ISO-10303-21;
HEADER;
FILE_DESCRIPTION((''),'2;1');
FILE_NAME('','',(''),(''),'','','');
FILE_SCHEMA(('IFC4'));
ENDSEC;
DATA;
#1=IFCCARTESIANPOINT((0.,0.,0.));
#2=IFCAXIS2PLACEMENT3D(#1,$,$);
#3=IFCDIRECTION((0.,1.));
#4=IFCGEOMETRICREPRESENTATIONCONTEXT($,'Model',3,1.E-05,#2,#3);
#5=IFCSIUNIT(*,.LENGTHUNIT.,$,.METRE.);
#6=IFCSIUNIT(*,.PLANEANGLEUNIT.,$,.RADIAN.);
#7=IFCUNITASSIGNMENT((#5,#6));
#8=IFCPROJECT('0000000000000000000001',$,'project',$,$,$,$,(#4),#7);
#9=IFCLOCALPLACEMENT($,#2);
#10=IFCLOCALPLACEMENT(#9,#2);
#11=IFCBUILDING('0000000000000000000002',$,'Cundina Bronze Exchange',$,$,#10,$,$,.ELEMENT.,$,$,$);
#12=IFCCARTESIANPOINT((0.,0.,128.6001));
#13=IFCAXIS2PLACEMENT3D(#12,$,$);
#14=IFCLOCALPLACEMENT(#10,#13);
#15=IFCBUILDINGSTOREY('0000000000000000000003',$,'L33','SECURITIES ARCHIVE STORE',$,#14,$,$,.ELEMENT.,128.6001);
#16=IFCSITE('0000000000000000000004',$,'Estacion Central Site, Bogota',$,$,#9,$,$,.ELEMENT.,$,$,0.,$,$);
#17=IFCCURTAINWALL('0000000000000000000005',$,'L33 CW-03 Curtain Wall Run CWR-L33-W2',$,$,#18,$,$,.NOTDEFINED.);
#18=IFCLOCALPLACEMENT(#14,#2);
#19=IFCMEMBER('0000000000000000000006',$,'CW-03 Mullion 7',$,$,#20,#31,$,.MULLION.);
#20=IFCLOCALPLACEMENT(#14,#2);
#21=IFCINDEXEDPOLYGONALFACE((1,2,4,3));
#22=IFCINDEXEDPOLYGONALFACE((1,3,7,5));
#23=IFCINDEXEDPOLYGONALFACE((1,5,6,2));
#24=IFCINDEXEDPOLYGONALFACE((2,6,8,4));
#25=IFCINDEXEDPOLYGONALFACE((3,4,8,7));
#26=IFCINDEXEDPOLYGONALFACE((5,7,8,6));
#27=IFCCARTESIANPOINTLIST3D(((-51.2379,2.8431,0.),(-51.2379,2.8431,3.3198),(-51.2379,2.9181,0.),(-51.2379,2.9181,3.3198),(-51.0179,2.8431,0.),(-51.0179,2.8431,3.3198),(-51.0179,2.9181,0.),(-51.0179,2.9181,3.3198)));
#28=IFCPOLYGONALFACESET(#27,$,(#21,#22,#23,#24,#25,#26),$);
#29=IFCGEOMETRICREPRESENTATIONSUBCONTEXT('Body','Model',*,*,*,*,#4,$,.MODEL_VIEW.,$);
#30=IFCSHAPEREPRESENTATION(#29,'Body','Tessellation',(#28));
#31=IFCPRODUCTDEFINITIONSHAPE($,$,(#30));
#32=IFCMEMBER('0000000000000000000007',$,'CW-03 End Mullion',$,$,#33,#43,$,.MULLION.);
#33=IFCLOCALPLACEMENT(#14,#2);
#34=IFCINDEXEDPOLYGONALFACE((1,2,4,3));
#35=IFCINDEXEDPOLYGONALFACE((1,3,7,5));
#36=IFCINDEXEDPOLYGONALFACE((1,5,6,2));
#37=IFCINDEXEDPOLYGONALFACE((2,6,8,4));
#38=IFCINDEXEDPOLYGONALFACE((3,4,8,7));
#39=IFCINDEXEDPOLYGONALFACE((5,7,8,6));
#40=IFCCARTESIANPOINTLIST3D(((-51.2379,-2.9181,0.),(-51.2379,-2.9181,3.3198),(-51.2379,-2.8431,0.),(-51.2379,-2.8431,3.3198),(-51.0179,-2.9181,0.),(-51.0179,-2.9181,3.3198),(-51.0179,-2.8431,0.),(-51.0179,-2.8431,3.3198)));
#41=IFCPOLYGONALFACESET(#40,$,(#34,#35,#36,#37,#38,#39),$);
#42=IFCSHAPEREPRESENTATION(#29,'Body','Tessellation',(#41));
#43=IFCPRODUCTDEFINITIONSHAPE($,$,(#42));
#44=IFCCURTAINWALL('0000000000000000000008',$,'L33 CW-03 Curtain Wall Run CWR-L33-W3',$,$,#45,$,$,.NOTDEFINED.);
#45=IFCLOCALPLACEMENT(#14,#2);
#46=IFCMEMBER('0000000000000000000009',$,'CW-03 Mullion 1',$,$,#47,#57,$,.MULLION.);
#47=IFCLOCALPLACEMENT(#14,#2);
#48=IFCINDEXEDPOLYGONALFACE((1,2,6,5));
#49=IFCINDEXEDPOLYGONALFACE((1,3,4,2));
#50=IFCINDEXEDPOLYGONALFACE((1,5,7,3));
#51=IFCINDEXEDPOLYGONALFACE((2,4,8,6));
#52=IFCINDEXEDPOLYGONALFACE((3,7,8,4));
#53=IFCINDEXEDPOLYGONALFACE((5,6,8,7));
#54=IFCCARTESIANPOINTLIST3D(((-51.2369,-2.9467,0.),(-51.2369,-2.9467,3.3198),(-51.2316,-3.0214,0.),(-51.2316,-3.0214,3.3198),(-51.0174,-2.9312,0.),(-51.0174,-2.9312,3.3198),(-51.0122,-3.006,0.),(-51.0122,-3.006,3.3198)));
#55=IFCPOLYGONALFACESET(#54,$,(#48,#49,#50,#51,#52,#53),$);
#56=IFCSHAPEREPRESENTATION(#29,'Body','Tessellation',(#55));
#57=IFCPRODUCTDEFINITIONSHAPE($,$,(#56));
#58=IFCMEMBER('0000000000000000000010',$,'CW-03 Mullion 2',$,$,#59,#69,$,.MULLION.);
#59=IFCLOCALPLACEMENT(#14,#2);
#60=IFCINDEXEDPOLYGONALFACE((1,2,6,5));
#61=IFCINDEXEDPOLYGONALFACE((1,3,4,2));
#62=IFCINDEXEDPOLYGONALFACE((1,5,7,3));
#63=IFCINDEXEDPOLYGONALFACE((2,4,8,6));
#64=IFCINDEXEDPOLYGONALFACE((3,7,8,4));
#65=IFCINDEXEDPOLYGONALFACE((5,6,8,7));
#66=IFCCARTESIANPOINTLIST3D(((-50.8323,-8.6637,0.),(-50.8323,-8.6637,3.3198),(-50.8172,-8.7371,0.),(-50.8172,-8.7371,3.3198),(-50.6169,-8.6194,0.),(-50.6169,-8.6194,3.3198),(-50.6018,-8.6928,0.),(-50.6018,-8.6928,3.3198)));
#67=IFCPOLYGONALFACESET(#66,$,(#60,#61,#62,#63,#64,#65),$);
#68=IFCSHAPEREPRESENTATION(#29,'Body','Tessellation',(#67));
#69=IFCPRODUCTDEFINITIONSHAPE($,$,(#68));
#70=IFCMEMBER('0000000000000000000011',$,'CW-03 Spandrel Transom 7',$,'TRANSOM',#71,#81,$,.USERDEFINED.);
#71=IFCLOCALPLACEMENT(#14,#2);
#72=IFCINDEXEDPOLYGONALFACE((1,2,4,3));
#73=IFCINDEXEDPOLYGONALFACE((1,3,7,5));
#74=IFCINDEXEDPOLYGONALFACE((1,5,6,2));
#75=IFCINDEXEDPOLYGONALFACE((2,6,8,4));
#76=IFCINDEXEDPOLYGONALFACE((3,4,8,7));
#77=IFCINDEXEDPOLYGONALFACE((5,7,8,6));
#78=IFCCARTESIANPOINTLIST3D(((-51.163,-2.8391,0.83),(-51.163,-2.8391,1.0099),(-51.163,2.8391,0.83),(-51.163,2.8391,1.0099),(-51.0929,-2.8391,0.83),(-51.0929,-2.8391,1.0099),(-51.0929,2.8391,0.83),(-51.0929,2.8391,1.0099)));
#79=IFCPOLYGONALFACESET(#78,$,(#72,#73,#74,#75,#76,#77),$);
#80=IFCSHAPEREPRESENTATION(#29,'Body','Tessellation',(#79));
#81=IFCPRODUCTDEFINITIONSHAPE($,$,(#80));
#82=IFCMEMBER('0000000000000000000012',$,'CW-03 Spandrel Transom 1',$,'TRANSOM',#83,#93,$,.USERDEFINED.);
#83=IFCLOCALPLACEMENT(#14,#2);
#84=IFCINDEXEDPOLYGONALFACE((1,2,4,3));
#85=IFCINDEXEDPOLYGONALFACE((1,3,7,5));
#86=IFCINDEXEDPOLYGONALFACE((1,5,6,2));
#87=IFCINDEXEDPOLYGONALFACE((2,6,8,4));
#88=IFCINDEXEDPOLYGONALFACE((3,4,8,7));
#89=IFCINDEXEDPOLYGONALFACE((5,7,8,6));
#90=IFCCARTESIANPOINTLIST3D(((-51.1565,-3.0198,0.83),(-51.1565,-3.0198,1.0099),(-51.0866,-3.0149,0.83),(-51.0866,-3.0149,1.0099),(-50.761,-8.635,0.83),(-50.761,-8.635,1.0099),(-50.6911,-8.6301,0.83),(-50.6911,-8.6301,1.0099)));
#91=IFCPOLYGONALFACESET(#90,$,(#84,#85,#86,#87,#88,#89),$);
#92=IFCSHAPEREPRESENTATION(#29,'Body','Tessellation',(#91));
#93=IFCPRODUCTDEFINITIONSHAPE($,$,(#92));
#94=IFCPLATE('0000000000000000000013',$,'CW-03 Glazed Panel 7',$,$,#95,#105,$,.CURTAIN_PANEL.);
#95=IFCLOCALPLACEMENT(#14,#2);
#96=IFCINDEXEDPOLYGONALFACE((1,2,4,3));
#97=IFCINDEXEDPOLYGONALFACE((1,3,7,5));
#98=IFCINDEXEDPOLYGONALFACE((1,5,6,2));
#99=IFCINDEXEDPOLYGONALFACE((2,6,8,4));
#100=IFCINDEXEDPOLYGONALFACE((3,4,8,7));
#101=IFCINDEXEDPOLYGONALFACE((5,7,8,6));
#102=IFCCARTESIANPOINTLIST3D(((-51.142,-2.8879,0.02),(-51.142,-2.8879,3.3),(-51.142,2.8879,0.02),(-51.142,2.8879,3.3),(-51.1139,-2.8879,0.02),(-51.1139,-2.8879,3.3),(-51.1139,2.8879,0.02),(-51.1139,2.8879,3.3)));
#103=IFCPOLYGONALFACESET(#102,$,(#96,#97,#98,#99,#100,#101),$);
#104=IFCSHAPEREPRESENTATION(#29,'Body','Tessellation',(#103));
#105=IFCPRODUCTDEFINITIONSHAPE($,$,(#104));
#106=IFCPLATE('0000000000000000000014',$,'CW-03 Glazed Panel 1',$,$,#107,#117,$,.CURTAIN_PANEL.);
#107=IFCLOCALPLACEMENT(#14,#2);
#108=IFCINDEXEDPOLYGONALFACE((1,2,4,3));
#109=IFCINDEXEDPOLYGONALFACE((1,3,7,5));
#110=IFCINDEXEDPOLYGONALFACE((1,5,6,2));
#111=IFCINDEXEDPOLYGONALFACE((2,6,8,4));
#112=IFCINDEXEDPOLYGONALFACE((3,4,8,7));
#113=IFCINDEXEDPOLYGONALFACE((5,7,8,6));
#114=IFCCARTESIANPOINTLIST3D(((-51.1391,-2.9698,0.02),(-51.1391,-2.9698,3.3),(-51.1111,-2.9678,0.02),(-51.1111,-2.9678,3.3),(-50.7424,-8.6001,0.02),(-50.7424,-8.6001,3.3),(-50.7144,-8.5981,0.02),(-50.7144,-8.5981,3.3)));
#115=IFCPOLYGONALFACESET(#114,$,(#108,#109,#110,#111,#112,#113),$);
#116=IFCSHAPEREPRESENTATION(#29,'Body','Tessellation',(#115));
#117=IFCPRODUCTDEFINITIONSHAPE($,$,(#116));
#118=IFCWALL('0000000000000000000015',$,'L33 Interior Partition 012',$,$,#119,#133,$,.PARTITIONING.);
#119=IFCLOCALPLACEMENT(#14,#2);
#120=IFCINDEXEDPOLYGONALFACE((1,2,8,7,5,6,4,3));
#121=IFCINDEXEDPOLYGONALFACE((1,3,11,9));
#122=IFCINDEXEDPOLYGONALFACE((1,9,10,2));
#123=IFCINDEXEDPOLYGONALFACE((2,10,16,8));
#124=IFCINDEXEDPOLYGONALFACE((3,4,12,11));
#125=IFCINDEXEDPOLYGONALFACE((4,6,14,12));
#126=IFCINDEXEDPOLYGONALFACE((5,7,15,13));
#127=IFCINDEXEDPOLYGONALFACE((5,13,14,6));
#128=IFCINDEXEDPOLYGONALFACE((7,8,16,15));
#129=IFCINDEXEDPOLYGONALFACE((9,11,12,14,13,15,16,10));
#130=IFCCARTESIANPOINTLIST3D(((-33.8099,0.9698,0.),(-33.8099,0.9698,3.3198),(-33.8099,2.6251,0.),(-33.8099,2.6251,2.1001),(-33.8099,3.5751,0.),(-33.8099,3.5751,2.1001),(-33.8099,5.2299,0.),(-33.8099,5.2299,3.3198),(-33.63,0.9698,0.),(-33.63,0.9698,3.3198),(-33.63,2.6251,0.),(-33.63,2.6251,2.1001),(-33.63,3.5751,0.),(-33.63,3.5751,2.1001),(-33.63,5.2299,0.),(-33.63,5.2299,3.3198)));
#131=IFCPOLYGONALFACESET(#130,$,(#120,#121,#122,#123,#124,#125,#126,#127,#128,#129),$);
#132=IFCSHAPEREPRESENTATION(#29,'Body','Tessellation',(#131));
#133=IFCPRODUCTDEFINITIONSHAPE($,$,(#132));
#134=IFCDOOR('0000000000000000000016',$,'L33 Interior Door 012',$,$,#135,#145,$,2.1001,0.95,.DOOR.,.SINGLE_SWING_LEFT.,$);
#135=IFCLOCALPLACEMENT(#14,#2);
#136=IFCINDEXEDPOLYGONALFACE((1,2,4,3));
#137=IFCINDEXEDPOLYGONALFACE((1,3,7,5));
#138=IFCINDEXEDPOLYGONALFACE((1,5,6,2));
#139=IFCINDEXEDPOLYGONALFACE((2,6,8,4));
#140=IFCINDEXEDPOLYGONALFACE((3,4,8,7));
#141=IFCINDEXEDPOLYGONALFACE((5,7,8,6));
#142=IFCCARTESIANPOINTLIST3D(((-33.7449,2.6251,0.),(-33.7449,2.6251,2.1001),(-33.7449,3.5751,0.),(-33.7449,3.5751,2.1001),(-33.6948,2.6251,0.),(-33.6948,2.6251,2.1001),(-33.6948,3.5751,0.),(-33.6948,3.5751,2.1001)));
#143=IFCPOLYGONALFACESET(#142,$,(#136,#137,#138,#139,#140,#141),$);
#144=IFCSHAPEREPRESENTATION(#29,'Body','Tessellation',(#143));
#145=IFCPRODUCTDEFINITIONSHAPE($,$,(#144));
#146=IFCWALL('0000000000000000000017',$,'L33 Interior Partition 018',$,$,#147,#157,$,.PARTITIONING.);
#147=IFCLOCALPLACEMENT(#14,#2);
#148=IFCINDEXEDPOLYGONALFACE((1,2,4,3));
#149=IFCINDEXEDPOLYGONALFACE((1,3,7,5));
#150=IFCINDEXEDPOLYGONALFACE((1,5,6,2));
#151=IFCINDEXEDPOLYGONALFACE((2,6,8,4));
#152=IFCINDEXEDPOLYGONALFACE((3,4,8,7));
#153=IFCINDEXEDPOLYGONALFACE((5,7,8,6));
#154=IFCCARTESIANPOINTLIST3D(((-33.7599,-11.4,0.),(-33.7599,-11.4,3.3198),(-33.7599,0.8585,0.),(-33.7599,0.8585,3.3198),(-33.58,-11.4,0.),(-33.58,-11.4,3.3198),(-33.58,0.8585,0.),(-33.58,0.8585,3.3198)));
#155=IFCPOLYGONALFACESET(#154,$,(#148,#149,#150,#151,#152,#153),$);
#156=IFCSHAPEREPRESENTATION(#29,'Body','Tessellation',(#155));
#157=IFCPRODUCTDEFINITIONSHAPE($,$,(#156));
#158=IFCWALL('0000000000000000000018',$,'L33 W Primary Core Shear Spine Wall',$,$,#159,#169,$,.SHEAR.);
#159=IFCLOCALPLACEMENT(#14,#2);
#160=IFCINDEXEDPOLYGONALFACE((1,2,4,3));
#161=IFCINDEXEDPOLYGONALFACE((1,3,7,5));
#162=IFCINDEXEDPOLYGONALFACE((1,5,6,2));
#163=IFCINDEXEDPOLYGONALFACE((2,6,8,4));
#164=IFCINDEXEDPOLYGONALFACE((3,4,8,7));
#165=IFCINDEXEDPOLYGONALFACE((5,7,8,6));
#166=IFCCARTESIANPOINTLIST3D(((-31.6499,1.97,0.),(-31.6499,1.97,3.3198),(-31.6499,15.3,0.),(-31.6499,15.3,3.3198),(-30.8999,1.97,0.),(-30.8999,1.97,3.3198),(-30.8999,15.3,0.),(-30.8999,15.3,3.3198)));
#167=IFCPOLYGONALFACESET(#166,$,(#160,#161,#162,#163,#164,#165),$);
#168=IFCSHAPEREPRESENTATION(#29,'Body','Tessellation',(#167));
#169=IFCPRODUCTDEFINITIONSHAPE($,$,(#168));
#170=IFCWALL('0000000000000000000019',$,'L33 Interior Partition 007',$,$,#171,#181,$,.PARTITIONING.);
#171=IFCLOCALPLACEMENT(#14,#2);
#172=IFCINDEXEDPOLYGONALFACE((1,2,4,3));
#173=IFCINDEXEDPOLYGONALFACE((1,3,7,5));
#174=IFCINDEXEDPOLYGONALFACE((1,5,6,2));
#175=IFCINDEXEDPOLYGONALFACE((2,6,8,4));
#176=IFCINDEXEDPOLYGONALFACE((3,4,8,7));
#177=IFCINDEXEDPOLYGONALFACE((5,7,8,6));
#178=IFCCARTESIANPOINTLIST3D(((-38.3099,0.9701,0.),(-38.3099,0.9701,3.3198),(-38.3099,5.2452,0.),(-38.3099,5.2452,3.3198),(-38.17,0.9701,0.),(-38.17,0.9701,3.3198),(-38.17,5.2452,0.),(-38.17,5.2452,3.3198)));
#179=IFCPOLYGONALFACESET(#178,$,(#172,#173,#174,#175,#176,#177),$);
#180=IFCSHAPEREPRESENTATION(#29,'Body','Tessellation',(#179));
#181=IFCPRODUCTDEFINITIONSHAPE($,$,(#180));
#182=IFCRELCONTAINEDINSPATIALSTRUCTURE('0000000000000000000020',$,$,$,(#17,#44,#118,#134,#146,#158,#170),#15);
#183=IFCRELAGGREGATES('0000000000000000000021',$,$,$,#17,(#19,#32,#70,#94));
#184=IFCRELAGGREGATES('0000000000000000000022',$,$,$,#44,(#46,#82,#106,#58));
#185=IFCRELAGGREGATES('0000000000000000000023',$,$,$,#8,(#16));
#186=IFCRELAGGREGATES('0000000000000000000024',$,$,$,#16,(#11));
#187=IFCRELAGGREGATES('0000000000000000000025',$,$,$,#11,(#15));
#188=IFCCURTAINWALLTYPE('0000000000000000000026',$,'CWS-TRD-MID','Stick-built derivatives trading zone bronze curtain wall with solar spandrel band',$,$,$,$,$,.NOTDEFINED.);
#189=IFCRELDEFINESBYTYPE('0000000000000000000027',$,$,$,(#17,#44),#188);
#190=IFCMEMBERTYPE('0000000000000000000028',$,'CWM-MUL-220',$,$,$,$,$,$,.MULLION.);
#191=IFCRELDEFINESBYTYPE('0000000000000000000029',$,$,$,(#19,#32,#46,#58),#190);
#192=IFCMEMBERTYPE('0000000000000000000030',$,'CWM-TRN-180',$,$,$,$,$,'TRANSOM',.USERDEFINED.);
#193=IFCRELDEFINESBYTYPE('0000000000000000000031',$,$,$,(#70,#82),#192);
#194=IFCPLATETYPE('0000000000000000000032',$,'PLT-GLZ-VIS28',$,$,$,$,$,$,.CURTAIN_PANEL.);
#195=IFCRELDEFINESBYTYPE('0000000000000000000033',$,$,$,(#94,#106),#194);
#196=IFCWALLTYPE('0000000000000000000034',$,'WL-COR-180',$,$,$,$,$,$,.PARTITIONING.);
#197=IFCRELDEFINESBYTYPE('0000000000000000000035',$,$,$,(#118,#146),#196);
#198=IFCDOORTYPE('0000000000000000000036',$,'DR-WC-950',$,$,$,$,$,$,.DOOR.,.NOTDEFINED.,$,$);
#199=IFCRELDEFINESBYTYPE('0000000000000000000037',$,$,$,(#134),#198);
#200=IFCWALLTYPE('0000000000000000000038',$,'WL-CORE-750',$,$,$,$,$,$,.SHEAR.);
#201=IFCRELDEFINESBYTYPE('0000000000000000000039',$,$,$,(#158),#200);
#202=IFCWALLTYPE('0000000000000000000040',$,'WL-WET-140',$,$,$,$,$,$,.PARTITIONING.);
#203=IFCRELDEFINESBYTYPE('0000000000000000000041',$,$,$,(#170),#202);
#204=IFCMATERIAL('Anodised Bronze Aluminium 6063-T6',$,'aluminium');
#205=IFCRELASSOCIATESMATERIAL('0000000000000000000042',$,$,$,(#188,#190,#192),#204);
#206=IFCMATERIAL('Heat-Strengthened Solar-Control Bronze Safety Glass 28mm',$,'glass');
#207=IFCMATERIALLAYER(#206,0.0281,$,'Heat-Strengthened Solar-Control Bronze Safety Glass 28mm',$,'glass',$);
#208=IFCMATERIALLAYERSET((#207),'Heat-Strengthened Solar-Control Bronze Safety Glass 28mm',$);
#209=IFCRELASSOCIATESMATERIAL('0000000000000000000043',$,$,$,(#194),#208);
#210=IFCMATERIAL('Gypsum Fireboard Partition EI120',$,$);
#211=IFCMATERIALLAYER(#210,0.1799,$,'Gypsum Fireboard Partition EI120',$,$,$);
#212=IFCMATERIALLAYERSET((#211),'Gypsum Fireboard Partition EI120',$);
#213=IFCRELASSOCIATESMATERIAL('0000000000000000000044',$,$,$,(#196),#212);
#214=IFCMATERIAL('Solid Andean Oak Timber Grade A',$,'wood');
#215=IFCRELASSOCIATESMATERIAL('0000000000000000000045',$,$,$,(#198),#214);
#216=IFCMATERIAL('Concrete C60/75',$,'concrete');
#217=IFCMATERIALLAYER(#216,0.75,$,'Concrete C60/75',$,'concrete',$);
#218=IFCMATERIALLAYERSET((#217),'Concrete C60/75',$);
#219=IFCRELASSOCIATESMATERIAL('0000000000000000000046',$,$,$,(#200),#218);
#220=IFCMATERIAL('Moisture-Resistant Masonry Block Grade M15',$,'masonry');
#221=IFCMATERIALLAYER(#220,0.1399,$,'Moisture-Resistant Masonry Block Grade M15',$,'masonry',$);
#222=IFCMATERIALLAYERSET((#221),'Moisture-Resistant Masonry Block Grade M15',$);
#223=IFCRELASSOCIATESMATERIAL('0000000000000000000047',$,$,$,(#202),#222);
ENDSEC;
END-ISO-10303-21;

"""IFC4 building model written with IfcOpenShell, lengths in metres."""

from ifc_helpers import new_model, si_unit, direction, frame, frame_2d, origin, origin_2d, place, context, subcontext, project, spatial, rectangle, extrude, material, layer, layer_set, material_profile, profile_set, type_object, element, fill, aggregate, save


model = new_model("IFC4")

# Units and contexts
model_context = context("Model", 3, precision=1e-05, world=origin(), true_north=direction((0.0, 1.0)))
body_context = subcontext(model_context, "Body", "Model", "MODEL_VIEW")
ifc_project = project(units=[si_unit("LENGTHUNIT", "METRE"), si_unit("PLANEANGLEUNIT", "RADIAN")], contexts=[model_context])

# Site, building, storey
site_placement = place(None, origin())
site = spatial("IfcSite", under=ifc_project, at=site_placement, Name="Estacion Central Site, Bogota", CompositionType="ELEMENT", RefElevation=0.0)
building_placement = place(site_placement, origin())
building = spatial("IfcBuilding", under=site, at=building_placement, Name="Cundina Bronze Exchange", CompositionType="ELEMENT")
storey_placement = place(building_placement, frame((0.0, 0.0, 128.6001)))
storey = spatial("IfcBuildingStorey", under=building, at=storey_placement, Name="L33", Description="SECURITIES ARCHIVE STORE", CompositionType="ELEMENT", Elevation=128.6001)

# Shared definitions
ifc_material_1 = material(Name="Concrete C60/75", Category="concrete")

# Curtain walls, members
ifc_material_2 = material(Name="Anodised Bronze Aluminium 6063-T6", Category="aluminium")
curtain_wall_type = type_object("IfcCurtainWallType", Name="CWS-TRD-MID", Description="Stick-built derivatives trading zone bronze curtain wall with solar spandrel band", PredefinedType="NOTDEFINED", material=ifc_material_2)
curtain_wall_1_placement = place(storey_placement, origin())
curtain_wall_1 = element("IfcCurtainWall", 1, at=curtain_wall_1_placement, inside=storey, type_object=curtain_wall_type, Name="L33 CW-03 Curtain Wall Run CWR-L33-W2", PredefinedType="NOTDEFINED")
ifc_material_profile_1 = material_profile(ifc_material_2, rectangle(XDim=0.075, YDim=0.22, at=origin_2d()), Name="AL75X220", Category="aluminium")
ifc_profile_set_1 = profile_set([ifc_material_profile_1], Name="Anodised Bronze Aluminium 6063-T6")
member_type_1 = type_object("IfcMemberType", Name="CWM-MUL-220", PredefinedType="MULLION", material=ifc_profile_set_1)
member_1_placement = place(storey_placement, frame((-51.1279, 2.8806, 0.0), z_axis=(0.0, 0.0, 1.0), x_axis=(0.0, -1.0, 0.0)))
member_1 = element("IfcMember", 2, at=member_1_placement, type_object=member_type_1, Name="CW-03 Mullion 7", PredefinedType="MULLION", context=body_context, shape_type="SweptSolid", body=[
    extrude(rectangle(XDim=0.075, YDim=0.22, at=origin_2d()), origin(), (0.0, 0.0, 1.0), 3.3198),
])
member_2_placement = place(storey_placement, frame((-51.1279, -2.8806, 0.0), z_axis=(0.0, 0.0, 1.0), x_axis=(0.0, -1.0, 0.0)))
member_2 = element("IfcMember", 3, at=member_2_placement, type_object=member_type_1, Name="CW-03 End Mullion", PredefinedType="MULLION", context=body_context, shape_type="SweptSolid", body=[
    extrude(rectangle(XDim=0.075, YDim=0.22, at=origin_2d()), origin(), (0.0, 0.0, 1.0), 3.3198),
])
curtain_wall_2_placement = place(storey_placement, origin())
curtain_wall_2 = element("IfcCurtainWall", 4, at=curtain_wall_2_placement, inside=storey, type_object=curtain_wall_type, Name="L33 CW-03 Curtain Wall Run CWR-L33-W3", PredefinedType="NOTDEFINED")
member_3_placement = place(storey_placement, frame((-51.1245, -2.9763, 0.0), z_axis=(0.0, 0.0, 1.0), x_axis=(0.070279, -0.997527, 0.0)))
member_3 = element("IfcMember", 5, at=member_3_placement, type_object=member_type_1, Name="CW-03 Mullion 1", PredefinedType="MULLION", context=body_context, shape_type="SweptSolid", body=[
    extrude(rectangle(XDim=0.075, YDim=0.22, at=origin_2d()), origin(), (0.0, 0.0, 1.0), 3.3198),
])
member_4_placement = place(storey_placement, frame((-50.717, -8.6782, 0.0), z_axis=(0.0, 0.0, 1.0), x_axis=(0.20142, -0.979505, 0.0)))
member_4 = element("IfcMember", 6, at=member_4_placement, type_object=member_type_1, Name="CW-03 Mullion 2", PredefinedType="MULLION", context=body_context, shape_type="SweptSolid", body=[
    extrude(rectangle(XDim=0.075, YDim=0.22, at=origin_2d()), origin(), (0.0, 0.0, 1.0), 3.3198),
])

# Members
ifc_material_profile_2 = material_profile(ifc_material_2, rectangle(XDim=0.0701, YDim=0.1799, at=origin_2d()), Name="AL70X180", Category="aluminium")
ifc_profile_set_2 = profile_set([ifc_material_profile_2], Name="Anodised Bronze Aluminium 6063-T6")
member_type_2 = type_object("IfcMemberType", Name="CWM-TRN-180", ElementType="TRANSOM", PredefinedType="USERDEFINED", material=ifc_profile_set_2)
member_5_placement = place(storey_placement, frame((-51.1279, 2.8391, 0.9199), z_axis=(0.0, -1.0, 0.0), x_axis=(1.0, 0.0, 0.0)))
member_5 = element("IfcMember", 7, at=member_5_placement, type_object=member_type_2, Name="CW-03 Spandrel Transom 7", ObjectType="TRANSOM", PredefinedType="USERDEFINED", context=body_context, shape_type="SweptSolid", body=[
    extrude(rectangle(XDim=0.0701, YDim=0.1799, at=origin_2d()), origin(), (0.0, 0.0, 1.0), 5.6782),
])
member_6_placement = place(storey_placement, frame((-51.1216, -3.0173, 0.9199), z_axis=(0.070261, -0.997529, 0.0), x_axis=(0.997529, 0.070261, 0.0)))
member_6 = element("IfcMember", 8, at=member_6_placement, type_object=member_type_2, Name="CW-03 Spandrel Transom 1", ObjectType="TRANSOM", PredefinedType="USERDEFINED", context=body_context, shape_type="SweptSolid", body=[
    extrude(rectangle(XDim=0.0701, YDim=0.1799, at=origin_2d()), origin(), (0.0, 0.0, 1.0), 5.6292),
])

# Plates
ifc_material_3 = material(Name="Heat-Strengthened Solar-Control Bronze Safety Glass 28mm", Category="glass")
ifc_layer_1 = layer(ifc_material_3, 0.0281, Name="Heat-Strengthened Solar-Control Bronze Safety Glass 28mm", Category="glass")
ifc_layer_set_1 = layer_set([ifc_layer_1], Name="Heat-Strengthened Solar-Control Bronze Safety Glass 28mm")
plate_type = type_object("IfcPlateType", Name="PLT-GLZ-VIS28", PredefinedType="CURTAIN_PANEL", material=ifc_layer_set_1)
plate_1_placement = place(storey_placement, frame((-51.1279, 0.0, 0.02), z_axis=(0.0, 0.0, 1.0), x_axis=(0.0, -1.0, 0.0)))
plate_1 = element("IfcPlate", 9, at=plate_1_placement, type_object=plate_type, Name="CW-03 Glazed Panel 7", PredefinedType="CURTAIN_PANEL", context=body_context, shape_type="SweptSolid", body=[
    extrude(rectangle(XDim=5.7759, YDim=0.0281, at=origin_2d()), origin(), (0.0, 0.0, 1.0), 3.28),
])
aggregate(curtain_wall_1, [member_1, member_2, member_5, plate_1])
plate_2_placement = place(storey_placement, frame((-50.9268, -5.7839, 0.02), z_axis=(0.0, 0.0, 1.0), x_axis=(0.070279, -0.997527, 0.0)))
plate_2 = element("IfcPlate", 10, at=plate_2_placement, type_object=plate_type, Name="CW-03 Glazed Panel 1", PredefinedType="CURTAIN_PANEL", context=body_context, shape_type="SweptSolid", body=[
    extrude(rectangle(XDim=5.6443, YDim=0.0281, at=origin_2d()), origin(), (0.0, 0.0, 1.0), 3.28),
])
aggregate(curtain_wall_2, [member_3, member_6, plate_2, member_4])

# Wall, opening, door
ifc_material_4 = material(Name="Gypsum Fireboard Partition EI120")
ifc_layer_2 = layer(ifc_material_4, 0.1799, Name="Gypsum Fireboard Partition EI120")
ifc_layer_set_2 = layer_set([ifc_layer_2], Name="Gypsum Fireboard Partition EI120")
wall_type_1 = type_object("IfcWallType", Name="WL-COR-180", PredefinedType="PARTITIONING", material=ifc_layer_set_2)
wall_1_placement = place(storey_placement, frame((-33.72, 0.97, 0.0), z_axis=(0.0, 0.0, 1.0), x_axis=(0.0, 1.0, 0.0)))
wall_1 = element("IfcWall", 11, at=wall_1_placement, inside=storey, type_object=wall_type_1, Name="L33 Interior Partition 012", PredefinedType="PARTITIONING", context=body_context, shape_type="SweptSolid", body=[
    extrude(rectangle(XDim=4.26, YDim=0.1799, at=frame_2d((2.1299, 0.0))), origin(), (0.0, 0.0, 1.0), 3.3198),
])
opening_placement = place(wall_1_placement, frame((1.655, 0.0, 0.0)))
opening = element("IfcOpeningElement", 12, at=opening_placement, cuts=wall_1, PredefinedType="OPENING", context=body_context, shape_type="SweptSolid", body=[
    extrude(rectangle(XDim=0.95, YDim=2.1001, at=frame_2d((0.4751, 1.05))), frame((0.0, 0.0999, 0.0), z_axis=(0.0, -1.0, 0.0), x_axis=(1.0, 0.0, 0.0)), (0.0, 0.0, 1.0), 0.2),
])
ifc_material_5 = material(Name="Solid Andean Oak Timber Grade A", Category="wood")
door_type = type_object("IfcDoorType", Name="DR-WC-950", OperationType="NOTDEFINED", PredefinedType="DOOR", material=ifc_material_5)
door_placement = place(opening_placement, origin())
door = element("IfcDoor", 13, at=door_placement, inside=storey, type_object=door_type, Name="L33 Interior Door 012", OperationType="SINGLE_SWING_LEFT", OverallHeight=2.1001, OverallWidth=0.95, PredefinedType="DOOR", context=body_context, shape_type="SweptSolid", body=[
    extrude(rectangle(XDim=0.95, YDim=2.1001, at=frame_2d((0.4751, 1.05))), frame((0.0, 0.0249, 0.0), z_axis=(0.0, -1.0, 0.0), x_axis=(1.0, 0.0, 0.0)), (0.0, 0.0, 1.0), 0.05),
])
fill(opening, door)

# Walls
wall_2_placement = place(storey_placement, frame((-33.6699, 0.8586, 0.0), z_axis=(0.0, 0.0, 1.0), x_axis=(0.0, -1.0, 0.0)))
element("IfcWall", 14, at=wall_2_placement, inside=storey, type_object=wall_type_1, Name="L33 Interior Partition 018", PredefinedType="PARTITIONING", context=body_context, shape_type="SweptSolid", body=[
    extrude(rectangle(XDim=12.2585, YDim=0.1799, at=frame_2d((6.1294, 0.0))), origin(), (0.0, 0.0, 1.0), 3.3198),
])
ifc_layer_3 = layer(ifc_material_1, 0.75, Name="Concrete C60/75", Category="concrete")
ifc_layer_set_3 = layer_set([ifc_layer_3], Name="Concrete C60/75")
wall_type_2 = type_object("IfcWallType", Name="WL-CORE-750", PredefinedType="SHEAR", material=ifc_layer_set_3)
wall_3_placement = place(storey_placement, frame((-31.2749, 1.97, 0.0), z_axis=(0.0, 0.0, 1.0), x_axis=(0.0, 1.0, 0.0)))
element("IfcWall", 15, at=wall_3_placement, inside=storey, type_object=wall_type_2, Name="L33 W Primary Core Shear Spine Wall", PredefinedType="SHEAR", context=body_context, shape_type="SweptSolid", body=[
    extrude(rectangle(XDim=13.3301, YDim=0.75, at=frame_2d((6.665, 0.0))), origin(), (0.0, 0.0, 1.0), 3.3198),
])
ifc_material_6 = material(Name="Moisture-Resistant Masonry Block Grade M15", Category="masonry")
ifc_layer_4 = layer(ifc_material_6, 0.1399, Name="Moisture-Resistant Masonry Block Grade M15", Category="masonry")
ifc_layer_set_4 = layer_set([ifc_layer_4], Name="Moisture-Resistant Masonry Block Grade M15")
wall_type_3 = type_object("IfcWallType", Name="WL-WET-140", PredefinedType="PARTITIONING", material=ifc_layer_set_4)
wall_4_placement = place(storey_placement, frame((-38.24, 0.97, 0.0), z_axis=(0.0, 0.0, 1.0), x_axis=(0.0, 1.0, 0.0)))
element("IfcWall", 16, at=wall_4_placement, inside=storey, type_object=wall_type_3, Name="L33 Interior Partition 007", PredefinedType="PARTITIONING", context=body_context, shape_type="SweptSolid", body=[
    extrude(rectangle(XDim=4.2751, YDim=0.1399, at=frame_2d((2.1377, 0.0))), origin(), (0.0, 0.0, 1.0), 3.3198),
])

save(model, "model.ifc")
